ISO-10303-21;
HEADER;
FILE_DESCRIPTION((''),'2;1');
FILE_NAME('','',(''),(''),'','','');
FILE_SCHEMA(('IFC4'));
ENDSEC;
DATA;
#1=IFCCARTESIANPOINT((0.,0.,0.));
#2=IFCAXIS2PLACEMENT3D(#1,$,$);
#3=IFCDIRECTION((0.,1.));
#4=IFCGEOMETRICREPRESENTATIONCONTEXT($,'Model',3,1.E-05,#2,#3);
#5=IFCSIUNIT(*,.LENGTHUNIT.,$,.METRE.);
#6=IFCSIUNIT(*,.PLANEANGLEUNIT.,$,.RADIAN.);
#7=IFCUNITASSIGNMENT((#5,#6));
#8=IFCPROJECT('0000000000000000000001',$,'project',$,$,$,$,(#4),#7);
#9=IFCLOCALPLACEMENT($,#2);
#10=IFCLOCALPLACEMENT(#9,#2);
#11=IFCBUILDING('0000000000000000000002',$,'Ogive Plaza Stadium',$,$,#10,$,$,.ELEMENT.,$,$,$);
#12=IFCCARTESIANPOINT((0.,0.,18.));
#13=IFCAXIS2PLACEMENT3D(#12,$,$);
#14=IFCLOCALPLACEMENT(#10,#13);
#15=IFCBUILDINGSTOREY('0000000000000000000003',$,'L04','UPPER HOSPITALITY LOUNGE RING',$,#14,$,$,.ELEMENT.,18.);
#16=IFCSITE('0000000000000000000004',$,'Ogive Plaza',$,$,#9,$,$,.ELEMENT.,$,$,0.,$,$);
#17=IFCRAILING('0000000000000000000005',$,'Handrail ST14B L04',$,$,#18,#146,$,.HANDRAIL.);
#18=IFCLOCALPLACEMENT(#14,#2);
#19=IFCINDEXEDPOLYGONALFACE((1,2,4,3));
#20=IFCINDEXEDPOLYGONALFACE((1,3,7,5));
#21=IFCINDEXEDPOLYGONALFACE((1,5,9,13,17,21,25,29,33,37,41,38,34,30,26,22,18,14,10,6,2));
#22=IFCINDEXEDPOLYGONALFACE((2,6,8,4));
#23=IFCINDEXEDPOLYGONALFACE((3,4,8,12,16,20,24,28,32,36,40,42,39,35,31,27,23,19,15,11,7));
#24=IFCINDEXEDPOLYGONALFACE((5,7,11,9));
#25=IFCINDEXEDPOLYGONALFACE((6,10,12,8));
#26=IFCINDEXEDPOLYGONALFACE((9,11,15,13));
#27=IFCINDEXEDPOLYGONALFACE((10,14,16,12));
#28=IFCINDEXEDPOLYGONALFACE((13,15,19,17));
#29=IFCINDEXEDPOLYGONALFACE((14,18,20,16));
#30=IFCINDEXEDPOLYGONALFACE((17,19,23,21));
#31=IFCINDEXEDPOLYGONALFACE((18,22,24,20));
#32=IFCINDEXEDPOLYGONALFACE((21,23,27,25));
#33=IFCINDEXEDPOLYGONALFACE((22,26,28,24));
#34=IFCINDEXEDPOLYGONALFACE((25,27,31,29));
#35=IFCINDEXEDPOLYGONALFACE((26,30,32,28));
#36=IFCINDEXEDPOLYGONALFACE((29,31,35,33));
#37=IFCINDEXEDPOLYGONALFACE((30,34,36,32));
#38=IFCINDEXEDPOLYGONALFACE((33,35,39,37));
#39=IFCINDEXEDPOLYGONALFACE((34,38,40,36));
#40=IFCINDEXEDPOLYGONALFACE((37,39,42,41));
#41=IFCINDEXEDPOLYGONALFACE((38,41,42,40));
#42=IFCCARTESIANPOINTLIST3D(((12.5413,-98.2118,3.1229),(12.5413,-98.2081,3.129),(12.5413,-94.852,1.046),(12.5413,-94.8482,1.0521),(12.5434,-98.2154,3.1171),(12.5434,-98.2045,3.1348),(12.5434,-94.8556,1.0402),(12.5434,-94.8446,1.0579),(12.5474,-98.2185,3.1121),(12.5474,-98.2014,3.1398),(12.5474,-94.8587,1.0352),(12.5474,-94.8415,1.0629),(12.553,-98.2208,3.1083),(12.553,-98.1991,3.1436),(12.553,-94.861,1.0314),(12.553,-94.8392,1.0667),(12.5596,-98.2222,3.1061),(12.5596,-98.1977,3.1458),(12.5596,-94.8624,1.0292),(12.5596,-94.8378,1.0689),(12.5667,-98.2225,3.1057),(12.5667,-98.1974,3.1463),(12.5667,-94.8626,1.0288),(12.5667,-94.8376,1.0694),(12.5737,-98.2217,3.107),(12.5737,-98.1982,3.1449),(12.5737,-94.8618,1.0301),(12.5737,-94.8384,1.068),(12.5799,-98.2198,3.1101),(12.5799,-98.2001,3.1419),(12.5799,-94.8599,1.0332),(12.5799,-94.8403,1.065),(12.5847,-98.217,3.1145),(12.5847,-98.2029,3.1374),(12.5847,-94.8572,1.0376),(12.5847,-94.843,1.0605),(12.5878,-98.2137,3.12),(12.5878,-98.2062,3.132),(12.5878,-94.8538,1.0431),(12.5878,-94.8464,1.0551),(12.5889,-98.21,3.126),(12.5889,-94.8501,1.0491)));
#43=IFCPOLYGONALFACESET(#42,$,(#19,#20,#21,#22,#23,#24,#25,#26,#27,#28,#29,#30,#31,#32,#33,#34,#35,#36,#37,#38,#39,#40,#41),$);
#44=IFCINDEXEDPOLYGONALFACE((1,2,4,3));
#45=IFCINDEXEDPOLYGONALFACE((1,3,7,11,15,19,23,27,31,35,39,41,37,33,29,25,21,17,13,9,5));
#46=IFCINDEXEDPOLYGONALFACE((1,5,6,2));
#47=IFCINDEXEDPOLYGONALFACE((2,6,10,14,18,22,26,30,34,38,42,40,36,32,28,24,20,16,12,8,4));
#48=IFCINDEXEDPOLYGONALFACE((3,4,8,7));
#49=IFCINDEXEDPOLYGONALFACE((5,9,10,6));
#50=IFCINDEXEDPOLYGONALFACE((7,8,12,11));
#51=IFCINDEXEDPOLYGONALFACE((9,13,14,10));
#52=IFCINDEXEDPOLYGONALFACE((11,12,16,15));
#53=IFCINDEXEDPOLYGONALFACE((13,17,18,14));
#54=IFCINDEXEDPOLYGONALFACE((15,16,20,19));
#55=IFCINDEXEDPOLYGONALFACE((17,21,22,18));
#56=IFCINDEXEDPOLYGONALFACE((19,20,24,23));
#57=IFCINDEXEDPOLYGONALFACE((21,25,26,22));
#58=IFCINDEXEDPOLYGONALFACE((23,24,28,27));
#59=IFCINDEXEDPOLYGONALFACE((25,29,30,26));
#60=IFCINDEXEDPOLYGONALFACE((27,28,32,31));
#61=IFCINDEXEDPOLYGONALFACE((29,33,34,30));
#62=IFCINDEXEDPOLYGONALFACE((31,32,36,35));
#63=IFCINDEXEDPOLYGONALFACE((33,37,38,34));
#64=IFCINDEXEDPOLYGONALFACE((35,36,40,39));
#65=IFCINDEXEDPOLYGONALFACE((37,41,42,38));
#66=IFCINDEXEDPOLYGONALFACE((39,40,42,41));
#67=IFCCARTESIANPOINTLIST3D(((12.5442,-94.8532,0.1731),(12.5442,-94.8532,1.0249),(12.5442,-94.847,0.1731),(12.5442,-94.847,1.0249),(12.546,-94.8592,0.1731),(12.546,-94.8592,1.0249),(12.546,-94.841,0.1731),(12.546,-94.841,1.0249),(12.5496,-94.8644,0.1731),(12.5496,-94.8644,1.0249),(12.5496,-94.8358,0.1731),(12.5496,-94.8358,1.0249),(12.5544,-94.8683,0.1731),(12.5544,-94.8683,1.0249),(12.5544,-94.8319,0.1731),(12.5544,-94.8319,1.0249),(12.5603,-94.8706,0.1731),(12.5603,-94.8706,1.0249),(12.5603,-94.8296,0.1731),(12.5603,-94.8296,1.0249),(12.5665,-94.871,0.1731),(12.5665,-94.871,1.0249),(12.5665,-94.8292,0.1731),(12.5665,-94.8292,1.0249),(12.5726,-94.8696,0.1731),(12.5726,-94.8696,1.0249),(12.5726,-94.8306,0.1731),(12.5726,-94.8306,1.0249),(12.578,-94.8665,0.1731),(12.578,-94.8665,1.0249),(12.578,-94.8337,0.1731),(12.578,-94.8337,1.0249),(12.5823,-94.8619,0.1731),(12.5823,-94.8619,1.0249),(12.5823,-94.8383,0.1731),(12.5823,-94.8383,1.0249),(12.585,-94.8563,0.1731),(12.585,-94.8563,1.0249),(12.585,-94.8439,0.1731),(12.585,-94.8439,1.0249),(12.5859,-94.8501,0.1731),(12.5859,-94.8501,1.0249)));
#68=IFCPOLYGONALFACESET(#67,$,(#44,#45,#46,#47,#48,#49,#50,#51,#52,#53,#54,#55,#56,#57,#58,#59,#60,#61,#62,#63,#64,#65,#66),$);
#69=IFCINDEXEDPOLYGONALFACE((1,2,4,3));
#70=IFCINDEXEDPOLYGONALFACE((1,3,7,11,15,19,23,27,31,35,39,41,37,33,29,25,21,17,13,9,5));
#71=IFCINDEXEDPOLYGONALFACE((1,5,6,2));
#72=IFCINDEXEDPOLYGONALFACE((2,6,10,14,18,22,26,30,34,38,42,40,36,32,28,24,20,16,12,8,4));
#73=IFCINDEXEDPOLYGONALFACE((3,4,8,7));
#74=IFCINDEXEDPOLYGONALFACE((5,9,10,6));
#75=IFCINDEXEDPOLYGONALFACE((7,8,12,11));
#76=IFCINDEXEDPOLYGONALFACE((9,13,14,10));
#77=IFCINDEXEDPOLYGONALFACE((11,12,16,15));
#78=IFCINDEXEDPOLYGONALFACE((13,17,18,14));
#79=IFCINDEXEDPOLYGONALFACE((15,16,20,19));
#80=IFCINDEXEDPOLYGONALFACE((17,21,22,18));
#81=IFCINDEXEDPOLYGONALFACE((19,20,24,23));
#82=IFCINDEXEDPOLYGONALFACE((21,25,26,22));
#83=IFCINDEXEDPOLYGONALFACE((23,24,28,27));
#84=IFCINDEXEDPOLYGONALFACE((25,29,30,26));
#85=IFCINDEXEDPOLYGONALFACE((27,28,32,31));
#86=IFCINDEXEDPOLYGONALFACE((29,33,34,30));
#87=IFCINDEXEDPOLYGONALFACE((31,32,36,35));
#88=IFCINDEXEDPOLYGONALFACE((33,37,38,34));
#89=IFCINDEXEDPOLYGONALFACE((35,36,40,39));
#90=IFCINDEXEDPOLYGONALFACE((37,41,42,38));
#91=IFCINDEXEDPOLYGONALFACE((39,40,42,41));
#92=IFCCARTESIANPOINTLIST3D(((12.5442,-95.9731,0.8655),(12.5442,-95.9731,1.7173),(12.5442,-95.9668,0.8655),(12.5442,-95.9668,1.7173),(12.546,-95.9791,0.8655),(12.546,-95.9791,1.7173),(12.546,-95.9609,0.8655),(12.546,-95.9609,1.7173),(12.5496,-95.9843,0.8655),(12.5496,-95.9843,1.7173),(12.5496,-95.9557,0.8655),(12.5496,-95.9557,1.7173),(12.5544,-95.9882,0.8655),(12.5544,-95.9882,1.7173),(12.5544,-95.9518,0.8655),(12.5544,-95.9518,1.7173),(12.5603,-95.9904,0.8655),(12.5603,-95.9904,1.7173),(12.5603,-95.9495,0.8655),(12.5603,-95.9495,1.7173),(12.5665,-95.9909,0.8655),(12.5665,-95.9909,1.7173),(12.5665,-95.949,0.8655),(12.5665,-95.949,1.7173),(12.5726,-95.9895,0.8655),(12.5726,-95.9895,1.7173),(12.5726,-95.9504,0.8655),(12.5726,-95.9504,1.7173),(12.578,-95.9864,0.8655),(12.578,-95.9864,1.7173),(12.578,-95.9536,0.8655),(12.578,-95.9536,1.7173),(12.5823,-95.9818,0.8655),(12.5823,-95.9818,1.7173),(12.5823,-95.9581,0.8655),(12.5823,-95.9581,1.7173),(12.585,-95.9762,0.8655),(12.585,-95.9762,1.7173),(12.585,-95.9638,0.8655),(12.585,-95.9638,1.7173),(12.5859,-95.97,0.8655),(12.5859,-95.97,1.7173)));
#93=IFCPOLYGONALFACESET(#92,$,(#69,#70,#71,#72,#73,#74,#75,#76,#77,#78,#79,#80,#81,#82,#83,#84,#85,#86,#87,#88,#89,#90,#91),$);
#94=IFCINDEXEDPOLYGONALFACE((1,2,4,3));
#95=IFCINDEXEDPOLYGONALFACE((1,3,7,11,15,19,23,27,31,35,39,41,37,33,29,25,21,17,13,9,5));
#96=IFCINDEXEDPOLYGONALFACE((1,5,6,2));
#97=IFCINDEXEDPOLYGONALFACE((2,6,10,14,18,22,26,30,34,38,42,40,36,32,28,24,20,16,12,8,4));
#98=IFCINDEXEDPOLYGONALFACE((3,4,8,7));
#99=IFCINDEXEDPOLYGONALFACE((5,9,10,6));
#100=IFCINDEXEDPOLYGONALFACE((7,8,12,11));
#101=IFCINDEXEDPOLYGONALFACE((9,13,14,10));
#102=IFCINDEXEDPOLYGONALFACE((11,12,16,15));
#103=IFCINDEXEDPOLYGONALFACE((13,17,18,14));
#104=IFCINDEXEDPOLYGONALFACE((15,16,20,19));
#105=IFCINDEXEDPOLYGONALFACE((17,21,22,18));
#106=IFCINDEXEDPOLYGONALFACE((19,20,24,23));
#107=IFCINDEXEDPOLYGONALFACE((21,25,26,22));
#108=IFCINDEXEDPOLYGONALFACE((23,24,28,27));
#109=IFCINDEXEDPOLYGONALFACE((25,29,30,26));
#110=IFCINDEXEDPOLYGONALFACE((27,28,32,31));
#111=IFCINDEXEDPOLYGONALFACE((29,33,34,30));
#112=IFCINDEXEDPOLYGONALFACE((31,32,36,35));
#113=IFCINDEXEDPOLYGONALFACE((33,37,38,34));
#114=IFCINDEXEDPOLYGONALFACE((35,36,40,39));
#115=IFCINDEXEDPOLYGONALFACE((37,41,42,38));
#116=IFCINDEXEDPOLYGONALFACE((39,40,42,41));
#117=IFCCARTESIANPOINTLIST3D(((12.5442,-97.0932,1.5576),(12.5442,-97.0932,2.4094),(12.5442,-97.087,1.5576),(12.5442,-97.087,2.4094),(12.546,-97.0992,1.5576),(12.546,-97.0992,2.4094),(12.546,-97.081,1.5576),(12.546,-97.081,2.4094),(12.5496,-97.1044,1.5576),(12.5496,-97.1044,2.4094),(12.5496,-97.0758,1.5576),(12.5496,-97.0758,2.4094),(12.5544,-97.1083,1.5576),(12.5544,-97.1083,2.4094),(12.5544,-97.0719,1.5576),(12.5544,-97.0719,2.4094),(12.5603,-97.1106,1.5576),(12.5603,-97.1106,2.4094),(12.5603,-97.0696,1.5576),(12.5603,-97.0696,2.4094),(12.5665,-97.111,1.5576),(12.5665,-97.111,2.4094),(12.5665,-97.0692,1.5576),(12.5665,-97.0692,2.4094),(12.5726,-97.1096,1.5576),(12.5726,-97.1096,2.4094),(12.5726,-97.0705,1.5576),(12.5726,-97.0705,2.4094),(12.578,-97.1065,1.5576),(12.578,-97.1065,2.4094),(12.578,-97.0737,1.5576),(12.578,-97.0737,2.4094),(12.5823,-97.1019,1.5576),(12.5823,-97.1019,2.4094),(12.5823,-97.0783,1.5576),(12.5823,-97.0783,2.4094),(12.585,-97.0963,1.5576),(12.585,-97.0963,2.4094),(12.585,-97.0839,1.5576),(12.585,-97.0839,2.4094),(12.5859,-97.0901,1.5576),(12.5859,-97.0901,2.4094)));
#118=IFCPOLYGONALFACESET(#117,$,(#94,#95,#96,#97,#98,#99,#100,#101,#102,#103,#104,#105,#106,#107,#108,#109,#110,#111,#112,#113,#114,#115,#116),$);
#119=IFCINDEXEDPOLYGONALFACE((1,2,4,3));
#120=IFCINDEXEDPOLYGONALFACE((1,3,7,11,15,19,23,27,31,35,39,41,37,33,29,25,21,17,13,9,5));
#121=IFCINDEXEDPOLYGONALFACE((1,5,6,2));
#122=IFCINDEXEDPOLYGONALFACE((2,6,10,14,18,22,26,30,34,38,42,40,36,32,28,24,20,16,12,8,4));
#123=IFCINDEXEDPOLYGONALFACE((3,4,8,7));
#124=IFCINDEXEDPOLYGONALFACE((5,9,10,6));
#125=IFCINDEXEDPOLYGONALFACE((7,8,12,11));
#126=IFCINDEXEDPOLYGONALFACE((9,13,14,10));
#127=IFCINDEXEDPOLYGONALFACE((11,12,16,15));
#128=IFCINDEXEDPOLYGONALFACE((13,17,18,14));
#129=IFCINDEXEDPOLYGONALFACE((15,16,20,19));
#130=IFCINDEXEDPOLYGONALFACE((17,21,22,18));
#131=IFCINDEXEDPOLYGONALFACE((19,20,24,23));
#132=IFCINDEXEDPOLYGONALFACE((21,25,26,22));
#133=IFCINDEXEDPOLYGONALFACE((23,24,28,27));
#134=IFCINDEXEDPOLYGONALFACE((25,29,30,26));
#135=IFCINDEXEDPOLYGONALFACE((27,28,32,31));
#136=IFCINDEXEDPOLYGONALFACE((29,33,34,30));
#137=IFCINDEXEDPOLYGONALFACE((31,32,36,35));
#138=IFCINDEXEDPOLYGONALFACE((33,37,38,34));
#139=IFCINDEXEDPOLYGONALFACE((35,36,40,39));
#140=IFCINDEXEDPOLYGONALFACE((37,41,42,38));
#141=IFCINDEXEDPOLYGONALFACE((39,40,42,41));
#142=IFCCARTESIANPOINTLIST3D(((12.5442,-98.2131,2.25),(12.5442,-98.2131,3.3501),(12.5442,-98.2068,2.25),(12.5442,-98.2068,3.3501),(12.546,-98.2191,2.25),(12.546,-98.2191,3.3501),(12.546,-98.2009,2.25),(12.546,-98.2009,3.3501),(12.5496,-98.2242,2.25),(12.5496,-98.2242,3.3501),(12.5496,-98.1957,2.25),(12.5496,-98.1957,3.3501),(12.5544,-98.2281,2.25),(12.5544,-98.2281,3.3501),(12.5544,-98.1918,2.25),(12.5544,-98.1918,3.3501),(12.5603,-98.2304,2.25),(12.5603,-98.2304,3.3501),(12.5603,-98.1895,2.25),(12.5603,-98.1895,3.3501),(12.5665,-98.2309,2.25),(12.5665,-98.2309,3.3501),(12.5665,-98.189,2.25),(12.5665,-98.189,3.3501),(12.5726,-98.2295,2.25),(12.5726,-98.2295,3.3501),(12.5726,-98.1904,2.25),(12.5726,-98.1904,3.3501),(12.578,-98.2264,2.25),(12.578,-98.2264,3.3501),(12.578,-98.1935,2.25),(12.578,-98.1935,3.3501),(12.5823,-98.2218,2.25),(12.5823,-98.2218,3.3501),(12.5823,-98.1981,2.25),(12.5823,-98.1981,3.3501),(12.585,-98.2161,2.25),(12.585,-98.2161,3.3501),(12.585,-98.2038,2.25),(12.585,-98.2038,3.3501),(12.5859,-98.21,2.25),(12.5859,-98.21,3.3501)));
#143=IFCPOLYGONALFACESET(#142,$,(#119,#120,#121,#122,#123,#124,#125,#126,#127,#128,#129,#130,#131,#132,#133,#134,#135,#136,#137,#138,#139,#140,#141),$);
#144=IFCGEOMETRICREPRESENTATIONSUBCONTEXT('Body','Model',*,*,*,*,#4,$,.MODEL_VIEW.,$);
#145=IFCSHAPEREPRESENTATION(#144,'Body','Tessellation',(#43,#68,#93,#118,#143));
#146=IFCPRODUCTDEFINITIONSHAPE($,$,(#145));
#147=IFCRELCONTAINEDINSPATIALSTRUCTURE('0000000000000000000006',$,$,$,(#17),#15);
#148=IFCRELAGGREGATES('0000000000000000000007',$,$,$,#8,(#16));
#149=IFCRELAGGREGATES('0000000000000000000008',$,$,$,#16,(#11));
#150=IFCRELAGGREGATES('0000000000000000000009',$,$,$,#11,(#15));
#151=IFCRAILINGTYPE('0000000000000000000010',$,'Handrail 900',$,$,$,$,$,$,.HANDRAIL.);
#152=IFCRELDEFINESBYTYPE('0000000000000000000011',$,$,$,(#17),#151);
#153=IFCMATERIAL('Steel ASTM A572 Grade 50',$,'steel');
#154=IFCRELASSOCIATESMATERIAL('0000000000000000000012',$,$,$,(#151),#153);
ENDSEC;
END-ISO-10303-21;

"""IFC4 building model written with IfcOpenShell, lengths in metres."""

from ifc_helpers import new_model, si_unit, direction, frame, origin, origin_2d, place, context, subcontext, project, spatial, circle, extrude, material, type_object, element, save


model = new_model("IFC4")

# Units and contexts
model_context = context("Model", 3, precision=1e-05, world=origin(), true_north=direction((0.0, 1.0)))
body_context = subcontext(model_context, "Body", "Model", "MODEL_VIEW")
ifc_project = project(units=[si_unit("LENGTHUNIT", "METRE"), si_unit("PLANEANGLEUNIT", "RADIAN")], contexts=[model_context])

# Site, building, storey
site_placement = place(None, origin())
site = spatial("IfcSite", under=ifc_project, at=site_placement, Name="Ogive Plaza", CompositionType="ELEMENT", RefElevation=0.0)
building_placement = place(site_placement, origin())
building = spatial("IfcBuilding", under=site, at=building_placement, Name="Ogive Plaza Stadium", CompositionType="ELEMENT")
storey_placement = place(building_placement, frame((0.0, 0.0, 18.0)))
storey = spatial("IfcBuildingStorey", under=building, at=storey_placement, Name="L04", Description="UPPER HOSPITALITY LOUNGE RING", CompositionType="ELEMENT", Elevation=18.0)

# Railing
ifc_material_1 = material(Name="Steel ASTM A572 Grade 50", Category="steel")
railing_type_1 = type_object("IfcRailingType", Name="Handrail 900", PredefinedType="HANDRAIL", material=ifc_material_1)
for number, where, name in (
    (1, (12.5649, -94.8501, 0.1731), "Handrail ST14B L04"),
):
    element("IfcRailing", number, at=place(storey_placement, frame(where)), inside=storey, type_object=railing_type_1, Name=name, PredefinedType="HANDRAIL", context=body_context, shape_type="SweptSolid", body=[
        extrude(circle(Radius=0.0239, at=origin_2d()), frame((0.0, 0.0, 0.876), z_axis=(0.0, -0.850606, 0.525803), x_axis=(1.0, 0.0, 0.0)), (0.0, 0.0, 1.0), 3.95),
        extrude(circle(Radius=0.021, at=origin_2d()), origin(), (0.0, 0.0, 1.0), 0.8518),
        extrude(circle(Radius=0.021, at=origin_2d()), frame((0.0, -1.1199, 0.6924)), (0.0, 0.0, 1.0), 0.8518),
        extrude(circle(Radius=0.021, at=origin_2d()), frame((0.0, -2.24, 1.3845)), (0.0, 0.0, 1.0), 0.8518),
        extrude(circle(Radius=0.021, at=origin_2d()), frame((0.0, -3.3599, 2.0769)), (0.0, 0.0, 1.0), 1.1001),
    ])

save(model, "model.ifc")
